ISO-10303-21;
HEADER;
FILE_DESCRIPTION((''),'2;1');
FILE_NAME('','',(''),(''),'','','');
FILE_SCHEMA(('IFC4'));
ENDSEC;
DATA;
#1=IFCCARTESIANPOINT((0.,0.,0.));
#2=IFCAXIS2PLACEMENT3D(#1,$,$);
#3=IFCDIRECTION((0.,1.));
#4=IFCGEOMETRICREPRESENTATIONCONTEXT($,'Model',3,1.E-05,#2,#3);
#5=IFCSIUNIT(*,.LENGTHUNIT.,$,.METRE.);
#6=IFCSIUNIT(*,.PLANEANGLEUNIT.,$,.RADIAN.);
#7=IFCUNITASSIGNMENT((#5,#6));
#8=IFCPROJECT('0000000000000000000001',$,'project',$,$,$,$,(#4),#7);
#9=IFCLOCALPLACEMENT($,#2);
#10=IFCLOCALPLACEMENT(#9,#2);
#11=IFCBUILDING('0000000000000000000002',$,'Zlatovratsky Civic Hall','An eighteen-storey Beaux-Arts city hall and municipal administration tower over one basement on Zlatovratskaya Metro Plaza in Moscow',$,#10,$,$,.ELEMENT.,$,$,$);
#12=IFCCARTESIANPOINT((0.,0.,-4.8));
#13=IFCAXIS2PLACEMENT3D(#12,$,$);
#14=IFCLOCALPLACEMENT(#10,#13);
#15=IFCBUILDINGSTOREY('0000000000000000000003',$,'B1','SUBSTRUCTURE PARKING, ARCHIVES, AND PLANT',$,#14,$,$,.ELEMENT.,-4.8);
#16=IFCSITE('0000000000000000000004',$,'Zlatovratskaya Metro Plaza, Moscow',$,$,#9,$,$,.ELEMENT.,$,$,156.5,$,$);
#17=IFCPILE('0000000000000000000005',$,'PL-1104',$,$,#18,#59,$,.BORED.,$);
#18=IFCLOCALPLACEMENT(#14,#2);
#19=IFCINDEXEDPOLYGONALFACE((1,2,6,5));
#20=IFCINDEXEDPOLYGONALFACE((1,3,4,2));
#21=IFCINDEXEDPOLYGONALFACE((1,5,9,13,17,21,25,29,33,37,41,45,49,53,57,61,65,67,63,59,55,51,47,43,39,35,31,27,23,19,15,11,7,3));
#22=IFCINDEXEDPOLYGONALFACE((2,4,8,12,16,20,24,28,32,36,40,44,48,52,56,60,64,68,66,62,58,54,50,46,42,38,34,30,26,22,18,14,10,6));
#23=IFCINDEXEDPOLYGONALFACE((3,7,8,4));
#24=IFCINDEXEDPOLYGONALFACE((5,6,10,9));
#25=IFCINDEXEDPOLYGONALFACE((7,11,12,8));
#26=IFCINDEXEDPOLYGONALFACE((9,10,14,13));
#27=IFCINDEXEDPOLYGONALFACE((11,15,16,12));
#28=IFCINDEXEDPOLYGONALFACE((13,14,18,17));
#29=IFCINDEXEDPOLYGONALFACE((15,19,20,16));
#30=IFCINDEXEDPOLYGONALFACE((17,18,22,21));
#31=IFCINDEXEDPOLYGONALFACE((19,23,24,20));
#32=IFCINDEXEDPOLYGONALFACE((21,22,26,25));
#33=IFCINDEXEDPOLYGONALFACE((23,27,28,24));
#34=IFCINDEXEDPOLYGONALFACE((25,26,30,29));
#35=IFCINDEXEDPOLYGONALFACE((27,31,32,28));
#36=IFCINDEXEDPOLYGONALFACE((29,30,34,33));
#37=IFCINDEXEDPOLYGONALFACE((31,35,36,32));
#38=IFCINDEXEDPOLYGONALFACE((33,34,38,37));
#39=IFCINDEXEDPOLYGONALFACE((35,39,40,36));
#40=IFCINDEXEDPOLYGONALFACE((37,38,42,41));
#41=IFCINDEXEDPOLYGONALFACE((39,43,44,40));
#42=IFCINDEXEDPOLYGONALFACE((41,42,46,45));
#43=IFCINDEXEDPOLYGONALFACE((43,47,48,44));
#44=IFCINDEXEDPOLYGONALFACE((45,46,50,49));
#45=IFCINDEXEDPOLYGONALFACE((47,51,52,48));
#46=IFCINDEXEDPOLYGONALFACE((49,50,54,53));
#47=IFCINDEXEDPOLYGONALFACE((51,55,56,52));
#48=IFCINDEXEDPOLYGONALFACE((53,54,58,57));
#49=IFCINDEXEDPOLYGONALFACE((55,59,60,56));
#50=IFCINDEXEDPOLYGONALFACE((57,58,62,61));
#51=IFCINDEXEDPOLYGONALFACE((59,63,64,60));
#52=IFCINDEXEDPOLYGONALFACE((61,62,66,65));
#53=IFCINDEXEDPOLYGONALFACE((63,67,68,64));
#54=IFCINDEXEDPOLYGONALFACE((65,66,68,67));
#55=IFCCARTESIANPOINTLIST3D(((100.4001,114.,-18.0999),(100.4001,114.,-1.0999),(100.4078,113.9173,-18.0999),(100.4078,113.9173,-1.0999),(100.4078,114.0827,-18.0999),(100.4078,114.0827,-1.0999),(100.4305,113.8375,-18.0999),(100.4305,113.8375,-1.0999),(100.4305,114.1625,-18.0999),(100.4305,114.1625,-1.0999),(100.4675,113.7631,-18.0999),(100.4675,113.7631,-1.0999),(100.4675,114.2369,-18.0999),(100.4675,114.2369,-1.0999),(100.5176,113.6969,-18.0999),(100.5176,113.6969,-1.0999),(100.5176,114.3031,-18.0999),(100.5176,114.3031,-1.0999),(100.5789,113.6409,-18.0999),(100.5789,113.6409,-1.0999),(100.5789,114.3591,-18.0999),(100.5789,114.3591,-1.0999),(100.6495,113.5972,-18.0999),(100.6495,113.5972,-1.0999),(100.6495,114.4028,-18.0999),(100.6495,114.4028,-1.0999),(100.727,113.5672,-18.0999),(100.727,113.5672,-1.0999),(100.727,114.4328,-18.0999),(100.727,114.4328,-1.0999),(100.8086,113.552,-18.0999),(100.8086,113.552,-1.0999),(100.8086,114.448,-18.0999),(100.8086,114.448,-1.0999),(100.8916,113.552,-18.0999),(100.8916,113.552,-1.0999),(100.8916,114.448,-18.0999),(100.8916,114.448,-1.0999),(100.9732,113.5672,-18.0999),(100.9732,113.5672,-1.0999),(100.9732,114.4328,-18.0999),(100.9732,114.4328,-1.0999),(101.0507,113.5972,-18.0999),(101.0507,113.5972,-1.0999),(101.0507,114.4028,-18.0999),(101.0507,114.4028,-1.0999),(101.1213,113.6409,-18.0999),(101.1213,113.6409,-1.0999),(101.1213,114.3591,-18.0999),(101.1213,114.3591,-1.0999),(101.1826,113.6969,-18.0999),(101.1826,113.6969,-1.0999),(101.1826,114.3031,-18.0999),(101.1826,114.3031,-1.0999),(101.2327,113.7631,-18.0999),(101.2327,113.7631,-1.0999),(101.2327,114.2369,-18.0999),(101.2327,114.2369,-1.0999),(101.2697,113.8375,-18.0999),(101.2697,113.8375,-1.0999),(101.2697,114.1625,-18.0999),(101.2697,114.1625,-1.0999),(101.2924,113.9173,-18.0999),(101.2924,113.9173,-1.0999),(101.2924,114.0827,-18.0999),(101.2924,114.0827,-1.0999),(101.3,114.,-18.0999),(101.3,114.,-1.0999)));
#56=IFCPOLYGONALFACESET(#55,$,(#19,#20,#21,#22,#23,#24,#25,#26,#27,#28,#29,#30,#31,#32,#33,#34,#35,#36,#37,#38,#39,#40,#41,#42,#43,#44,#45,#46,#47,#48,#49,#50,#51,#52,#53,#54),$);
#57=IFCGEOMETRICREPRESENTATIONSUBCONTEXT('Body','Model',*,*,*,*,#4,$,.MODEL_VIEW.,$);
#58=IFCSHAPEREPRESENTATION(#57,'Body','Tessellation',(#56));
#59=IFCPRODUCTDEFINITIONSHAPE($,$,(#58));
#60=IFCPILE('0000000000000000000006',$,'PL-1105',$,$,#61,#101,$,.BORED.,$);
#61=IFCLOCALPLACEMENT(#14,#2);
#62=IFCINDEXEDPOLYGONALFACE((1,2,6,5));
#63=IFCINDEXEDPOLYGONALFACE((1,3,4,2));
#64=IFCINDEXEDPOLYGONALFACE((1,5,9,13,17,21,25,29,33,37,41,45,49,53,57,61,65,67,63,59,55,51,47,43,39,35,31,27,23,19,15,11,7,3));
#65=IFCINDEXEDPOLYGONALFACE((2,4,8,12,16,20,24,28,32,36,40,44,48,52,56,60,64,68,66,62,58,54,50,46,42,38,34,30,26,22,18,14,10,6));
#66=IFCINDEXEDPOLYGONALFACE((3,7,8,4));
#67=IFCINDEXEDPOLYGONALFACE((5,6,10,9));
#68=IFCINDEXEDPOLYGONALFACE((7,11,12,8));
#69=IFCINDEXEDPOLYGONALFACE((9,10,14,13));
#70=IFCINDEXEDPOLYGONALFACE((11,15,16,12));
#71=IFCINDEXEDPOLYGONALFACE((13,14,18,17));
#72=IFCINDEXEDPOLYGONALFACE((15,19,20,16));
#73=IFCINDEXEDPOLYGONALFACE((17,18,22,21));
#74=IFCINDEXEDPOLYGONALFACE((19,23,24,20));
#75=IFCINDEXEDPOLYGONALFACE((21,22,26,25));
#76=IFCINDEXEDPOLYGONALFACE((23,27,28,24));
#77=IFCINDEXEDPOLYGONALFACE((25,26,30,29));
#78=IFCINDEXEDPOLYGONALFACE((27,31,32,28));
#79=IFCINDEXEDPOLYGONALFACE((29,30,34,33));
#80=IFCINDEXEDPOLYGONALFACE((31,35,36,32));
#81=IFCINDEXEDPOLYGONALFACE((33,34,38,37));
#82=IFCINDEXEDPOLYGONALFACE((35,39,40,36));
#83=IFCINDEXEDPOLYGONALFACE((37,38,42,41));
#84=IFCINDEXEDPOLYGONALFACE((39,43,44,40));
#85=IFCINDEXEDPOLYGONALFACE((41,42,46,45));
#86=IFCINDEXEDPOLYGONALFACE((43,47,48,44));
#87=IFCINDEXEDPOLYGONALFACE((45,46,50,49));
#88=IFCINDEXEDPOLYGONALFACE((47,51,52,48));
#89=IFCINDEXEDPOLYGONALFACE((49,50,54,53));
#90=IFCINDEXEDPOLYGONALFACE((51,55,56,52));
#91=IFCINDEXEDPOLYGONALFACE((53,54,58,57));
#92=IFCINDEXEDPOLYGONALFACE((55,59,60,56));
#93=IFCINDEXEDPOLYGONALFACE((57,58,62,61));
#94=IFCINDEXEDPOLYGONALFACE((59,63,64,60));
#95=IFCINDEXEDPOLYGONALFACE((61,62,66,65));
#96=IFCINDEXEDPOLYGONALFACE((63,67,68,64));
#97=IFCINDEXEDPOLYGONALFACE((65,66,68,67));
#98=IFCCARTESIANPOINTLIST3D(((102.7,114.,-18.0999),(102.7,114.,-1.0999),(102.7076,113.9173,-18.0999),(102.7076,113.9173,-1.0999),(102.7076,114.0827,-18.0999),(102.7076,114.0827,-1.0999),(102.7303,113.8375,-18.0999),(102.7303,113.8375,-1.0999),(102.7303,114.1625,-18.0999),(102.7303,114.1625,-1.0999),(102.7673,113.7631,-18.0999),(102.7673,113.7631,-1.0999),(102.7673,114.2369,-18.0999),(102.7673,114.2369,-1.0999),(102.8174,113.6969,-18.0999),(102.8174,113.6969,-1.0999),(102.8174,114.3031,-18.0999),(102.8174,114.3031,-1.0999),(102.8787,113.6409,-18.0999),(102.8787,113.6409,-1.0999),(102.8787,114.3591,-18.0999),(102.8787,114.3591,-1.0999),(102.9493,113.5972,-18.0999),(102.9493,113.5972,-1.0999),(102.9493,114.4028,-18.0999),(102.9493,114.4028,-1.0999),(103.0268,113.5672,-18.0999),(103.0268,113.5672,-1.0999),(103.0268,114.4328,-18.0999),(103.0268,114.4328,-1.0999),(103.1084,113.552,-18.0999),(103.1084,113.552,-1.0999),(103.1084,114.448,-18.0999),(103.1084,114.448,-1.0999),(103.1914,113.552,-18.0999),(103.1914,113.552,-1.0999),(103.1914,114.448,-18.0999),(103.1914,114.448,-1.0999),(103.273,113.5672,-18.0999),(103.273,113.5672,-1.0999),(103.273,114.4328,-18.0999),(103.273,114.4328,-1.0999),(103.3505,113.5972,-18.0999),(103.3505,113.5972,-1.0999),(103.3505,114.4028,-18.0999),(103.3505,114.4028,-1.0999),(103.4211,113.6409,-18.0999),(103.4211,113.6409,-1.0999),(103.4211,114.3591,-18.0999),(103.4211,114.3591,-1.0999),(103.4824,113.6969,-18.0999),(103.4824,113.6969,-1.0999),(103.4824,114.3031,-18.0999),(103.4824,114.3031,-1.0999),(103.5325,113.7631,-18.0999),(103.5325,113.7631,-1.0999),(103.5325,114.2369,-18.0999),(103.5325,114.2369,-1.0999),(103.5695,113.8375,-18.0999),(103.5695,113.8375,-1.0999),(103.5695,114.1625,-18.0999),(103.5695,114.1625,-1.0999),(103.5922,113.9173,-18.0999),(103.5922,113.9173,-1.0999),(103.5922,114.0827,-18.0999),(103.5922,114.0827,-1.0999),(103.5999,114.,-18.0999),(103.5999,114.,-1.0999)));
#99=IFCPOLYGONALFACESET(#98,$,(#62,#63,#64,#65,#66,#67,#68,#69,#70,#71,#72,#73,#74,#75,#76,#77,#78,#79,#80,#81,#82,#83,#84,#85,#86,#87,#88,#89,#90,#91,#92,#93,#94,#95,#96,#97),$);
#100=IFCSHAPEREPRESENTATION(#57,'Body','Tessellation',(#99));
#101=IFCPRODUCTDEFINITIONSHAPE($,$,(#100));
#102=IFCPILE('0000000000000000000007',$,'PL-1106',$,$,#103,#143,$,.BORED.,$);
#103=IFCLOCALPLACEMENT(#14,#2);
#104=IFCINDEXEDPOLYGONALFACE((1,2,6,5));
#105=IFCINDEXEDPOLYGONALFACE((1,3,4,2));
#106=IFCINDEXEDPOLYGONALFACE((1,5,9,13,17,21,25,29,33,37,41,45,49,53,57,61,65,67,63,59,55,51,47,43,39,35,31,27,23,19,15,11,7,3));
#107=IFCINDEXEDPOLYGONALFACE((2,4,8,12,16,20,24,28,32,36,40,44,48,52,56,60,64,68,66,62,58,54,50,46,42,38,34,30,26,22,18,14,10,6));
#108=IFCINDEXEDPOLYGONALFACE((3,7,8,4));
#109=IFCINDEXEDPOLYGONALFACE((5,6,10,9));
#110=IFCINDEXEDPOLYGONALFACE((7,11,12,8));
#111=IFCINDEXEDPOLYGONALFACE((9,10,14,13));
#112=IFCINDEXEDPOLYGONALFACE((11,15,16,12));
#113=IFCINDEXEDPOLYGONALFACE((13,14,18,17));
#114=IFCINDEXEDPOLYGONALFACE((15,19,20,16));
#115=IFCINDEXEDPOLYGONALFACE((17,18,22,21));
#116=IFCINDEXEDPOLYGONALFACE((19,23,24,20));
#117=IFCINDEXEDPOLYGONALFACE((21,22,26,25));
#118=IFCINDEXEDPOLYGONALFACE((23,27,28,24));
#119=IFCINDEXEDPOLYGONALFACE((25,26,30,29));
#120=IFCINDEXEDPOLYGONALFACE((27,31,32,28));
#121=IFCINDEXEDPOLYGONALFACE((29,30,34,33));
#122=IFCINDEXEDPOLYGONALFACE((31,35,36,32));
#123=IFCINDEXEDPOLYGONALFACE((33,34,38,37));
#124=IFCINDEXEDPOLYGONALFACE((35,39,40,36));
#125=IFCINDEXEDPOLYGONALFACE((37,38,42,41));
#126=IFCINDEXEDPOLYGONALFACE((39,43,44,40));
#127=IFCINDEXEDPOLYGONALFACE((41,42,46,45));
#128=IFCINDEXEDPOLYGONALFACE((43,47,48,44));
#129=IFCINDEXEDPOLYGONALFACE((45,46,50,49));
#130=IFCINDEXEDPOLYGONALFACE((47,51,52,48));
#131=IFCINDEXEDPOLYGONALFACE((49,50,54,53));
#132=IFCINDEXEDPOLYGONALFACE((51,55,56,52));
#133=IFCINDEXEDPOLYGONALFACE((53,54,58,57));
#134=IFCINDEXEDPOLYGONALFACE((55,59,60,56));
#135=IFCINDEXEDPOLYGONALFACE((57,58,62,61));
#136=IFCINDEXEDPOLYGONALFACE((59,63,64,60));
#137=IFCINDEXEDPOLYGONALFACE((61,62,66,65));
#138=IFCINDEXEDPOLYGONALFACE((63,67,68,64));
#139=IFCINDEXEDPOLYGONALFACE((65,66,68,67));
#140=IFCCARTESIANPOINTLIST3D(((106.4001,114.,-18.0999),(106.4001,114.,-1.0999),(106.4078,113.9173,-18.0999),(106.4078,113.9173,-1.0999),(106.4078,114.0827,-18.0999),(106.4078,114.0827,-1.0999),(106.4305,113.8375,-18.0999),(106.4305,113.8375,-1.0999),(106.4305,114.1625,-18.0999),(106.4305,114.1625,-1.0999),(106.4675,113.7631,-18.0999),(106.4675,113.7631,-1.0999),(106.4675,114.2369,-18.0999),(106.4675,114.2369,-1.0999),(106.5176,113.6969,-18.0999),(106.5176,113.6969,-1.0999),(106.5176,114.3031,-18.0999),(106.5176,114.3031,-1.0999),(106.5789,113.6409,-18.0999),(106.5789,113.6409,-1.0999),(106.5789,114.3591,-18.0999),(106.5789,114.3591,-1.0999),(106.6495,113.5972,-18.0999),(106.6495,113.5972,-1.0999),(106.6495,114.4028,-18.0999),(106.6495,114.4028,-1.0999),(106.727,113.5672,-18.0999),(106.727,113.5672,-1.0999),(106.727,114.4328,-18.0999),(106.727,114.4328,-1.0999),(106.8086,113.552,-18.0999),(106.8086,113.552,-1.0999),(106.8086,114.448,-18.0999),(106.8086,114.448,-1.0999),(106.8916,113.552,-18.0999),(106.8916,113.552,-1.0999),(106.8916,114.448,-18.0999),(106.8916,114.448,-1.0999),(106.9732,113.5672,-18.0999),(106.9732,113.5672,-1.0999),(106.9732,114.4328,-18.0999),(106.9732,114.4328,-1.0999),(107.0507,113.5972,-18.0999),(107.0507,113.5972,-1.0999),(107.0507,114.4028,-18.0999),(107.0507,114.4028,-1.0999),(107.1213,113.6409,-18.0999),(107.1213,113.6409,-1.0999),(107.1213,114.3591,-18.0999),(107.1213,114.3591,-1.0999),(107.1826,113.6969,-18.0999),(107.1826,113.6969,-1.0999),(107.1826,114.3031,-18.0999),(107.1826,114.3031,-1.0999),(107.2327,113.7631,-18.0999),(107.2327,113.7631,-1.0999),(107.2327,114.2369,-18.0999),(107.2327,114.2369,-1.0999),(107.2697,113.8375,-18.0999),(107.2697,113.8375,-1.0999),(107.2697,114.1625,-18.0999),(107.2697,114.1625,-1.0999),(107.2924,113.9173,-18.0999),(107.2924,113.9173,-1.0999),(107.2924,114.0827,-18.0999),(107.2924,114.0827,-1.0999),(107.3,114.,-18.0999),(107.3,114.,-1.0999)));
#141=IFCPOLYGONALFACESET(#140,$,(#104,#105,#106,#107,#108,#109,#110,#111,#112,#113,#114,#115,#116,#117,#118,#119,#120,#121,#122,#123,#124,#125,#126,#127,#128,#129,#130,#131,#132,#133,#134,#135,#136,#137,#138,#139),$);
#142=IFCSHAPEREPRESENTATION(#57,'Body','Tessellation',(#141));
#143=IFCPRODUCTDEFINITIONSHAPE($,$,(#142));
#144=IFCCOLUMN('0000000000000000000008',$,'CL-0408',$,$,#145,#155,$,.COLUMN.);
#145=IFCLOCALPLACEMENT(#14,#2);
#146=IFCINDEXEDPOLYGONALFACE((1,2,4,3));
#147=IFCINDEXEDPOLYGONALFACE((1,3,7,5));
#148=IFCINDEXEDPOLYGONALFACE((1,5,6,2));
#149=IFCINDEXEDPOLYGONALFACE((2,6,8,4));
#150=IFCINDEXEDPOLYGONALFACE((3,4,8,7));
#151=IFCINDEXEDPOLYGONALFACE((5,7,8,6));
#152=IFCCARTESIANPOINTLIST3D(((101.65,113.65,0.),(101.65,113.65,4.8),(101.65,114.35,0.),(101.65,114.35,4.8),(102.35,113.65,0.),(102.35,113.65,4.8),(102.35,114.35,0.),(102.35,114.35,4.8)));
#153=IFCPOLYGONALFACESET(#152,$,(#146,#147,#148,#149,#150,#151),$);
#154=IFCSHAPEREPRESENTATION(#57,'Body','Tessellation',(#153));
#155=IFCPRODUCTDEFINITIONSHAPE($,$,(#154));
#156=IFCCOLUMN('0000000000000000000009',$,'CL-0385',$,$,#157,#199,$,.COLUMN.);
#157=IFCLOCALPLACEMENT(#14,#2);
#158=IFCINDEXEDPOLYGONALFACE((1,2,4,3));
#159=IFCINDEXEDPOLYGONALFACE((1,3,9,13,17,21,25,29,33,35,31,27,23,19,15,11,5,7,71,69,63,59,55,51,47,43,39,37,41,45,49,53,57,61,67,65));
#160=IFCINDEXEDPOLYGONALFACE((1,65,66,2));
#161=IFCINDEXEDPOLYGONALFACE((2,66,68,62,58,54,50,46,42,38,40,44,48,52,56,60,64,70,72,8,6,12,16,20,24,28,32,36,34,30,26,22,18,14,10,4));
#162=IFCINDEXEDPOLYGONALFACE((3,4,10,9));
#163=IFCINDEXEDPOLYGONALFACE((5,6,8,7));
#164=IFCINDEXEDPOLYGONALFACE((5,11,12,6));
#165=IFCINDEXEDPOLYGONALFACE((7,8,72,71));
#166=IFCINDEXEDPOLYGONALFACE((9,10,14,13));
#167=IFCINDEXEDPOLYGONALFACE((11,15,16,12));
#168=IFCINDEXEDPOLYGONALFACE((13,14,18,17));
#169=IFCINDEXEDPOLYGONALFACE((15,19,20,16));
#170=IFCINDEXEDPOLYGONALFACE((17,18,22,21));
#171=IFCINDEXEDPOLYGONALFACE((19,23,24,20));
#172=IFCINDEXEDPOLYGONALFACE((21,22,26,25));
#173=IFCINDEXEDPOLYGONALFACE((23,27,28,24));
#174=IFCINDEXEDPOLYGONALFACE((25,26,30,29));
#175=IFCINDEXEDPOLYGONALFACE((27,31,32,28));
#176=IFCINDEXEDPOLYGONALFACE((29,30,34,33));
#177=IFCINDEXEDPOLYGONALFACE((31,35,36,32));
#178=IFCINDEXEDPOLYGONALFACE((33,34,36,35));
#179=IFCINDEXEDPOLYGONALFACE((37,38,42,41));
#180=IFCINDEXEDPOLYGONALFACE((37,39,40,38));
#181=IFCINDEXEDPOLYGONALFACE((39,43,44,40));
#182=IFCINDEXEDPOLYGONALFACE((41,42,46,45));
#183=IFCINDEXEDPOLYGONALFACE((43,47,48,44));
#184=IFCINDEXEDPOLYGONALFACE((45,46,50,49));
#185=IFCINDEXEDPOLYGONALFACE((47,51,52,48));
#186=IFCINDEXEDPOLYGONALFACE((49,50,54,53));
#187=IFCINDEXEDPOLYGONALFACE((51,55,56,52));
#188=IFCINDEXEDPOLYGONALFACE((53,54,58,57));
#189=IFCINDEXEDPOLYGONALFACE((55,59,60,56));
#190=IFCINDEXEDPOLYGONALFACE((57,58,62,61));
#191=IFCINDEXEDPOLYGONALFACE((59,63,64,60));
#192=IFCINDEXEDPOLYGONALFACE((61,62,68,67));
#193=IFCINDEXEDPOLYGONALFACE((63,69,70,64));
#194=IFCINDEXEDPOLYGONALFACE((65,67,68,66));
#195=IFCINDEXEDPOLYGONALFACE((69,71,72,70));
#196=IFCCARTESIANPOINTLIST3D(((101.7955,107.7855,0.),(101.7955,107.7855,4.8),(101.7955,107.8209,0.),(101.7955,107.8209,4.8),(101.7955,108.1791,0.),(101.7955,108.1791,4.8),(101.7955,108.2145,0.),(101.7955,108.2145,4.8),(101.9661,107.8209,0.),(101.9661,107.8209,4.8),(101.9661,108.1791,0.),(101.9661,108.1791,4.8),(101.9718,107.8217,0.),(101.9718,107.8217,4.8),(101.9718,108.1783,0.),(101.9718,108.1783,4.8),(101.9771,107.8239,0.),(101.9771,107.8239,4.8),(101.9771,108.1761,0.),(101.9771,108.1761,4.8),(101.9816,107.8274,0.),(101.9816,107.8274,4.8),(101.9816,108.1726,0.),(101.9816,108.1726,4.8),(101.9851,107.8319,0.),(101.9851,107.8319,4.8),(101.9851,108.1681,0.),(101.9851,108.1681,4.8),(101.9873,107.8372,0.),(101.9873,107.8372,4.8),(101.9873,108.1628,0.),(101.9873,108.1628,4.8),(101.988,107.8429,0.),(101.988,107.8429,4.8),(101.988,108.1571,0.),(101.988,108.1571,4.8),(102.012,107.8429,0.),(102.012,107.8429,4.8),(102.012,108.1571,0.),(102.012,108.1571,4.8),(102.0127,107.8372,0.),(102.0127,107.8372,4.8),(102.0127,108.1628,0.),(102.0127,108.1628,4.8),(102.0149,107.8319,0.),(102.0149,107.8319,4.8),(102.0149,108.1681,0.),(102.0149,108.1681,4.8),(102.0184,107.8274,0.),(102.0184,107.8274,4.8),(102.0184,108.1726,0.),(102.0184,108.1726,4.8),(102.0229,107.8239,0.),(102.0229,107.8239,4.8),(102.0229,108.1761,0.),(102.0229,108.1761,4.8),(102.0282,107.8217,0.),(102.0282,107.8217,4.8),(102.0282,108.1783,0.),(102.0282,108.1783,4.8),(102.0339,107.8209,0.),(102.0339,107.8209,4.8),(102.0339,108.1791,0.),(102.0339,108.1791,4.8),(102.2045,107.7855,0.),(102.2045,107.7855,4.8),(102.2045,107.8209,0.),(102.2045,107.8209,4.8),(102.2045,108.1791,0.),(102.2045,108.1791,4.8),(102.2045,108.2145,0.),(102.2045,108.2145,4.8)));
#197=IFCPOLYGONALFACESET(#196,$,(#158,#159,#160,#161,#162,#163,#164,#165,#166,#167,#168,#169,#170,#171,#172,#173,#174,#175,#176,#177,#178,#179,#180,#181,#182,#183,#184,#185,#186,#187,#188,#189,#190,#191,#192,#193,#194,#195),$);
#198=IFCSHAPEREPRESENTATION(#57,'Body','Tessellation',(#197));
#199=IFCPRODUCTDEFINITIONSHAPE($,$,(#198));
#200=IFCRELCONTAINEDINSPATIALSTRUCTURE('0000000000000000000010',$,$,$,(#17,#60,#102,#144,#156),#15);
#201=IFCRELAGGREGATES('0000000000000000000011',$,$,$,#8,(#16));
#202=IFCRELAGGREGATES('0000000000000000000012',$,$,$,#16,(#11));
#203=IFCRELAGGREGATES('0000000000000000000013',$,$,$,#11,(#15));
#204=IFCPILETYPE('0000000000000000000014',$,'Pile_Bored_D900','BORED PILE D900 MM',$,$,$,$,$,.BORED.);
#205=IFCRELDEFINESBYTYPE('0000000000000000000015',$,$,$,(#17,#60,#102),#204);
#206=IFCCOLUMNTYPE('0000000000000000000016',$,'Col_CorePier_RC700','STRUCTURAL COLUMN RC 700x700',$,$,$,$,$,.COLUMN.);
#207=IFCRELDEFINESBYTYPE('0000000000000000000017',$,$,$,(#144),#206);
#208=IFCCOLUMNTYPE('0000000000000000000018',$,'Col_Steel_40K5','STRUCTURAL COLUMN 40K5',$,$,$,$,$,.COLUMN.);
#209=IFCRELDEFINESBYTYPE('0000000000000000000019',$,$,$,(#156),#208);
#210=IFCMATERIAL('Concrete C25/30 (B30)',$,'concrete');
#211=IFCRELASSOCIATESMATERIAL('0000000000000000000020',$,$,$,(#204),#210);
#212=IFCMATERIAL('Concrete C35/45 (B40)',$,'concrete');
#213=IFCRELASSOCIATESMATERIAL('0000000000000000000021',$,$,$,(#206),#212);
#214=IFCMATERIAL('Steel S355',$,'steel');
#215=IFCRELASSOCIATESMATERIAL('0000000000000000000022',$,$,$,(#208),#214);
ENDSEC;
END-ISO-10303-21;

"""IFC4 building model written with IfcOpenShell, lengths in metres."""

from ifc_helpers import new_model, si_unit, direction, frame, origin, origin_2d, place, context, subcontext, project, spatial, rectangle, circle, i_section, extrude, material, material_profile, profile_set, type_object, element, save


model = new_model("IFC4")

# Units and contexts
model_context = context("Model", 3, precision=1e-05, world=origin(), true_north=direction((0.0, 1.0)))
body_context = subcontext(model_context, "Body", "Model", "MODEL_VIEW")
ifc_project = project(units=[si_unit("LENGTHUNIT", "METRE"), si_unit("PLANEANGLEUNIT", "RADIAN")], contexts=[model_context])

# Site, building, storey
site_placement = place(None, origin())
site = spatial("IfcSite", under=ifc_project, at=site_placement, Name="Zlatovratskaya Metro Plaza, Moscow", CompositionType="ELEMENT", RefElevation=156.5)
building_placement = place(site_placement, origin())
building = spatial("IfcBuilding", under=site, at=building_placement, Name="Zlatovratsky Civic Hall", Description="An eighteen-storey Beaux-Arts city hall and municipal administration tower over one basement on Zlatovratskaya Metro Plaza in Moscow", CompositionType="ELEMENT")
storey_placement = place(building_placement, frame((0.0, 0.0, -4.8)))
storey = spatial("IfcBuildingStorey", under=building, at=storey_placement, Name="B1", Description="SUBSTRUCTURE PARKING, ARCHIVES, AND PLANT", CompositionType="ELEMENT", Elevation=-4.8)

# Shared definitions
ifc_material_1 = material(Name="Concrete C25/30 (B30)", Category="concrete")

# Piles
ifc_material_profile_1 = material_profile(ifc_material_1, circle(Radius=0.45, at=origin_2d()), Name="PILE D900")
ifc_profile_set_1 = profile_set([ifc_material_profile_1], Name="Concrete C25/30 (B30)")
pile_type_1 = type_object("IfcPileType", Name="Pile_Bored_D900", Description="BORED PILE D900 MM", PredefinedType="BORED", material=ifc_profile_set_1)
for number, where, z_axis, x_axis, name in (
    (1, (100.8501, 114.0, -1.0999), (0.0, 0.0, -1.0), (1.0, 0.0, 0.0), "PL-1104"),
    (2, (103.1499, 114.0, -1.0999), (0.0, 0.0, -1.0), (1.0, 0.0, 0.0), "PL-1105"),
    (3, (106.8501, 114.0, -1.0999), (0.0, 0.0, -1.0), (1.0, 0.0, 0.0), "PL-1106"),
):
    element("IfcPile", number, at=place(storey_placement, frame(where, z_axis=z_axis, x_axis=x_axis)), inside=storey, type_object=pile_type_1, Name=name, PredefinedType="BORED", context=body_context, shape_type="SweptSolid", body=[
        extrude(circle(Radius=0.45, at=origin_2d()), origin(), (0.0, 0.0, 1.0), 17.0),
    ])

# Columns
ifc_material_2 = material(Name="Concrete C35/45 (B40)", Category="concrete")
ifc_material_profile_2 = material_profile(ifc_material_2, rectangle(XDim=0.7, YDim=0.7, at=origin_2d()), Name="RC 700x700")
ifc_profile_set_2 = profile_set([ifc_material_profile_2], Name="Concrete C35/45 (B40)")
column_type_1 = type_object("IfcColumnType", Name="Col_CorePier_RC700", Description="STRUCTURAL COLUMN RC 700x700", PredefinedType="COLUMN", material=ifc_profile_set_2)
column_1_placement = place(storey_placement, frame((102.0, 114.0, 0.0), z_axis=(0.0, 0.0, 1.0), x_axis=(1.0, 0.0, 0.0)))
element("IfcColumn", 4, at=column_1_placement, inside=storey, type_object=column_type_1, Name="CL-0408", PredefinedType="COLUMN", context=body_context, shape_type="SweptSolid", body=[
    extrude(rectangle(XDim=0.7, YDim=0.7, at=origin_2d()), origin(), (0.0, 0.0, 1.0), 4.8),
])
ifc_material_3 = material(Name="Steel S355", Category="steel")
ifc_material_profile_3 = material_profile(ifc_material_3, i_section(OverallWidth=0.4089, OverallDepth=0.429, WebThickness=0.0239, FlangeThickness=0.0354, FilletRadius=0.022, at=origin_2d()), Name="40K5")
ifc_profile_set_3 = profile_set([ifc_material_profile_3], Name="Steel S355")
column_type_2 = type_object("IfcColumnType", Name="Col_Steel_40K5", Description="STRUCTURAL COLUMN 40K5", PredefinedType="COLUMN", material=ifc_profile_set_3)
column_2_placement = place(storey_placement, frame((102.0, 108.0, 0.0), z_axis=(0.0, 0.0, 1.0), x_axis=(1.0, 0.0, 0.0)))
element("IfcColumn", 5, at=column_2_placement, inside=storey, type_object=column_type_2, Name="CL-0385", PredefinedType="COLUMN", context=body_context, shape_type="SweptSolid", body=[
    extrude(i_section(OverallWidth=0.4089, OverallDepth=0.429, WebThickness=0.0239, FlangeThickness=0.0354, FilletRadius=0.022, at=origin_2d()), origin(), (0.0, 0.0, 1.0), 4.8),
])

save(model, "model.ifc")
